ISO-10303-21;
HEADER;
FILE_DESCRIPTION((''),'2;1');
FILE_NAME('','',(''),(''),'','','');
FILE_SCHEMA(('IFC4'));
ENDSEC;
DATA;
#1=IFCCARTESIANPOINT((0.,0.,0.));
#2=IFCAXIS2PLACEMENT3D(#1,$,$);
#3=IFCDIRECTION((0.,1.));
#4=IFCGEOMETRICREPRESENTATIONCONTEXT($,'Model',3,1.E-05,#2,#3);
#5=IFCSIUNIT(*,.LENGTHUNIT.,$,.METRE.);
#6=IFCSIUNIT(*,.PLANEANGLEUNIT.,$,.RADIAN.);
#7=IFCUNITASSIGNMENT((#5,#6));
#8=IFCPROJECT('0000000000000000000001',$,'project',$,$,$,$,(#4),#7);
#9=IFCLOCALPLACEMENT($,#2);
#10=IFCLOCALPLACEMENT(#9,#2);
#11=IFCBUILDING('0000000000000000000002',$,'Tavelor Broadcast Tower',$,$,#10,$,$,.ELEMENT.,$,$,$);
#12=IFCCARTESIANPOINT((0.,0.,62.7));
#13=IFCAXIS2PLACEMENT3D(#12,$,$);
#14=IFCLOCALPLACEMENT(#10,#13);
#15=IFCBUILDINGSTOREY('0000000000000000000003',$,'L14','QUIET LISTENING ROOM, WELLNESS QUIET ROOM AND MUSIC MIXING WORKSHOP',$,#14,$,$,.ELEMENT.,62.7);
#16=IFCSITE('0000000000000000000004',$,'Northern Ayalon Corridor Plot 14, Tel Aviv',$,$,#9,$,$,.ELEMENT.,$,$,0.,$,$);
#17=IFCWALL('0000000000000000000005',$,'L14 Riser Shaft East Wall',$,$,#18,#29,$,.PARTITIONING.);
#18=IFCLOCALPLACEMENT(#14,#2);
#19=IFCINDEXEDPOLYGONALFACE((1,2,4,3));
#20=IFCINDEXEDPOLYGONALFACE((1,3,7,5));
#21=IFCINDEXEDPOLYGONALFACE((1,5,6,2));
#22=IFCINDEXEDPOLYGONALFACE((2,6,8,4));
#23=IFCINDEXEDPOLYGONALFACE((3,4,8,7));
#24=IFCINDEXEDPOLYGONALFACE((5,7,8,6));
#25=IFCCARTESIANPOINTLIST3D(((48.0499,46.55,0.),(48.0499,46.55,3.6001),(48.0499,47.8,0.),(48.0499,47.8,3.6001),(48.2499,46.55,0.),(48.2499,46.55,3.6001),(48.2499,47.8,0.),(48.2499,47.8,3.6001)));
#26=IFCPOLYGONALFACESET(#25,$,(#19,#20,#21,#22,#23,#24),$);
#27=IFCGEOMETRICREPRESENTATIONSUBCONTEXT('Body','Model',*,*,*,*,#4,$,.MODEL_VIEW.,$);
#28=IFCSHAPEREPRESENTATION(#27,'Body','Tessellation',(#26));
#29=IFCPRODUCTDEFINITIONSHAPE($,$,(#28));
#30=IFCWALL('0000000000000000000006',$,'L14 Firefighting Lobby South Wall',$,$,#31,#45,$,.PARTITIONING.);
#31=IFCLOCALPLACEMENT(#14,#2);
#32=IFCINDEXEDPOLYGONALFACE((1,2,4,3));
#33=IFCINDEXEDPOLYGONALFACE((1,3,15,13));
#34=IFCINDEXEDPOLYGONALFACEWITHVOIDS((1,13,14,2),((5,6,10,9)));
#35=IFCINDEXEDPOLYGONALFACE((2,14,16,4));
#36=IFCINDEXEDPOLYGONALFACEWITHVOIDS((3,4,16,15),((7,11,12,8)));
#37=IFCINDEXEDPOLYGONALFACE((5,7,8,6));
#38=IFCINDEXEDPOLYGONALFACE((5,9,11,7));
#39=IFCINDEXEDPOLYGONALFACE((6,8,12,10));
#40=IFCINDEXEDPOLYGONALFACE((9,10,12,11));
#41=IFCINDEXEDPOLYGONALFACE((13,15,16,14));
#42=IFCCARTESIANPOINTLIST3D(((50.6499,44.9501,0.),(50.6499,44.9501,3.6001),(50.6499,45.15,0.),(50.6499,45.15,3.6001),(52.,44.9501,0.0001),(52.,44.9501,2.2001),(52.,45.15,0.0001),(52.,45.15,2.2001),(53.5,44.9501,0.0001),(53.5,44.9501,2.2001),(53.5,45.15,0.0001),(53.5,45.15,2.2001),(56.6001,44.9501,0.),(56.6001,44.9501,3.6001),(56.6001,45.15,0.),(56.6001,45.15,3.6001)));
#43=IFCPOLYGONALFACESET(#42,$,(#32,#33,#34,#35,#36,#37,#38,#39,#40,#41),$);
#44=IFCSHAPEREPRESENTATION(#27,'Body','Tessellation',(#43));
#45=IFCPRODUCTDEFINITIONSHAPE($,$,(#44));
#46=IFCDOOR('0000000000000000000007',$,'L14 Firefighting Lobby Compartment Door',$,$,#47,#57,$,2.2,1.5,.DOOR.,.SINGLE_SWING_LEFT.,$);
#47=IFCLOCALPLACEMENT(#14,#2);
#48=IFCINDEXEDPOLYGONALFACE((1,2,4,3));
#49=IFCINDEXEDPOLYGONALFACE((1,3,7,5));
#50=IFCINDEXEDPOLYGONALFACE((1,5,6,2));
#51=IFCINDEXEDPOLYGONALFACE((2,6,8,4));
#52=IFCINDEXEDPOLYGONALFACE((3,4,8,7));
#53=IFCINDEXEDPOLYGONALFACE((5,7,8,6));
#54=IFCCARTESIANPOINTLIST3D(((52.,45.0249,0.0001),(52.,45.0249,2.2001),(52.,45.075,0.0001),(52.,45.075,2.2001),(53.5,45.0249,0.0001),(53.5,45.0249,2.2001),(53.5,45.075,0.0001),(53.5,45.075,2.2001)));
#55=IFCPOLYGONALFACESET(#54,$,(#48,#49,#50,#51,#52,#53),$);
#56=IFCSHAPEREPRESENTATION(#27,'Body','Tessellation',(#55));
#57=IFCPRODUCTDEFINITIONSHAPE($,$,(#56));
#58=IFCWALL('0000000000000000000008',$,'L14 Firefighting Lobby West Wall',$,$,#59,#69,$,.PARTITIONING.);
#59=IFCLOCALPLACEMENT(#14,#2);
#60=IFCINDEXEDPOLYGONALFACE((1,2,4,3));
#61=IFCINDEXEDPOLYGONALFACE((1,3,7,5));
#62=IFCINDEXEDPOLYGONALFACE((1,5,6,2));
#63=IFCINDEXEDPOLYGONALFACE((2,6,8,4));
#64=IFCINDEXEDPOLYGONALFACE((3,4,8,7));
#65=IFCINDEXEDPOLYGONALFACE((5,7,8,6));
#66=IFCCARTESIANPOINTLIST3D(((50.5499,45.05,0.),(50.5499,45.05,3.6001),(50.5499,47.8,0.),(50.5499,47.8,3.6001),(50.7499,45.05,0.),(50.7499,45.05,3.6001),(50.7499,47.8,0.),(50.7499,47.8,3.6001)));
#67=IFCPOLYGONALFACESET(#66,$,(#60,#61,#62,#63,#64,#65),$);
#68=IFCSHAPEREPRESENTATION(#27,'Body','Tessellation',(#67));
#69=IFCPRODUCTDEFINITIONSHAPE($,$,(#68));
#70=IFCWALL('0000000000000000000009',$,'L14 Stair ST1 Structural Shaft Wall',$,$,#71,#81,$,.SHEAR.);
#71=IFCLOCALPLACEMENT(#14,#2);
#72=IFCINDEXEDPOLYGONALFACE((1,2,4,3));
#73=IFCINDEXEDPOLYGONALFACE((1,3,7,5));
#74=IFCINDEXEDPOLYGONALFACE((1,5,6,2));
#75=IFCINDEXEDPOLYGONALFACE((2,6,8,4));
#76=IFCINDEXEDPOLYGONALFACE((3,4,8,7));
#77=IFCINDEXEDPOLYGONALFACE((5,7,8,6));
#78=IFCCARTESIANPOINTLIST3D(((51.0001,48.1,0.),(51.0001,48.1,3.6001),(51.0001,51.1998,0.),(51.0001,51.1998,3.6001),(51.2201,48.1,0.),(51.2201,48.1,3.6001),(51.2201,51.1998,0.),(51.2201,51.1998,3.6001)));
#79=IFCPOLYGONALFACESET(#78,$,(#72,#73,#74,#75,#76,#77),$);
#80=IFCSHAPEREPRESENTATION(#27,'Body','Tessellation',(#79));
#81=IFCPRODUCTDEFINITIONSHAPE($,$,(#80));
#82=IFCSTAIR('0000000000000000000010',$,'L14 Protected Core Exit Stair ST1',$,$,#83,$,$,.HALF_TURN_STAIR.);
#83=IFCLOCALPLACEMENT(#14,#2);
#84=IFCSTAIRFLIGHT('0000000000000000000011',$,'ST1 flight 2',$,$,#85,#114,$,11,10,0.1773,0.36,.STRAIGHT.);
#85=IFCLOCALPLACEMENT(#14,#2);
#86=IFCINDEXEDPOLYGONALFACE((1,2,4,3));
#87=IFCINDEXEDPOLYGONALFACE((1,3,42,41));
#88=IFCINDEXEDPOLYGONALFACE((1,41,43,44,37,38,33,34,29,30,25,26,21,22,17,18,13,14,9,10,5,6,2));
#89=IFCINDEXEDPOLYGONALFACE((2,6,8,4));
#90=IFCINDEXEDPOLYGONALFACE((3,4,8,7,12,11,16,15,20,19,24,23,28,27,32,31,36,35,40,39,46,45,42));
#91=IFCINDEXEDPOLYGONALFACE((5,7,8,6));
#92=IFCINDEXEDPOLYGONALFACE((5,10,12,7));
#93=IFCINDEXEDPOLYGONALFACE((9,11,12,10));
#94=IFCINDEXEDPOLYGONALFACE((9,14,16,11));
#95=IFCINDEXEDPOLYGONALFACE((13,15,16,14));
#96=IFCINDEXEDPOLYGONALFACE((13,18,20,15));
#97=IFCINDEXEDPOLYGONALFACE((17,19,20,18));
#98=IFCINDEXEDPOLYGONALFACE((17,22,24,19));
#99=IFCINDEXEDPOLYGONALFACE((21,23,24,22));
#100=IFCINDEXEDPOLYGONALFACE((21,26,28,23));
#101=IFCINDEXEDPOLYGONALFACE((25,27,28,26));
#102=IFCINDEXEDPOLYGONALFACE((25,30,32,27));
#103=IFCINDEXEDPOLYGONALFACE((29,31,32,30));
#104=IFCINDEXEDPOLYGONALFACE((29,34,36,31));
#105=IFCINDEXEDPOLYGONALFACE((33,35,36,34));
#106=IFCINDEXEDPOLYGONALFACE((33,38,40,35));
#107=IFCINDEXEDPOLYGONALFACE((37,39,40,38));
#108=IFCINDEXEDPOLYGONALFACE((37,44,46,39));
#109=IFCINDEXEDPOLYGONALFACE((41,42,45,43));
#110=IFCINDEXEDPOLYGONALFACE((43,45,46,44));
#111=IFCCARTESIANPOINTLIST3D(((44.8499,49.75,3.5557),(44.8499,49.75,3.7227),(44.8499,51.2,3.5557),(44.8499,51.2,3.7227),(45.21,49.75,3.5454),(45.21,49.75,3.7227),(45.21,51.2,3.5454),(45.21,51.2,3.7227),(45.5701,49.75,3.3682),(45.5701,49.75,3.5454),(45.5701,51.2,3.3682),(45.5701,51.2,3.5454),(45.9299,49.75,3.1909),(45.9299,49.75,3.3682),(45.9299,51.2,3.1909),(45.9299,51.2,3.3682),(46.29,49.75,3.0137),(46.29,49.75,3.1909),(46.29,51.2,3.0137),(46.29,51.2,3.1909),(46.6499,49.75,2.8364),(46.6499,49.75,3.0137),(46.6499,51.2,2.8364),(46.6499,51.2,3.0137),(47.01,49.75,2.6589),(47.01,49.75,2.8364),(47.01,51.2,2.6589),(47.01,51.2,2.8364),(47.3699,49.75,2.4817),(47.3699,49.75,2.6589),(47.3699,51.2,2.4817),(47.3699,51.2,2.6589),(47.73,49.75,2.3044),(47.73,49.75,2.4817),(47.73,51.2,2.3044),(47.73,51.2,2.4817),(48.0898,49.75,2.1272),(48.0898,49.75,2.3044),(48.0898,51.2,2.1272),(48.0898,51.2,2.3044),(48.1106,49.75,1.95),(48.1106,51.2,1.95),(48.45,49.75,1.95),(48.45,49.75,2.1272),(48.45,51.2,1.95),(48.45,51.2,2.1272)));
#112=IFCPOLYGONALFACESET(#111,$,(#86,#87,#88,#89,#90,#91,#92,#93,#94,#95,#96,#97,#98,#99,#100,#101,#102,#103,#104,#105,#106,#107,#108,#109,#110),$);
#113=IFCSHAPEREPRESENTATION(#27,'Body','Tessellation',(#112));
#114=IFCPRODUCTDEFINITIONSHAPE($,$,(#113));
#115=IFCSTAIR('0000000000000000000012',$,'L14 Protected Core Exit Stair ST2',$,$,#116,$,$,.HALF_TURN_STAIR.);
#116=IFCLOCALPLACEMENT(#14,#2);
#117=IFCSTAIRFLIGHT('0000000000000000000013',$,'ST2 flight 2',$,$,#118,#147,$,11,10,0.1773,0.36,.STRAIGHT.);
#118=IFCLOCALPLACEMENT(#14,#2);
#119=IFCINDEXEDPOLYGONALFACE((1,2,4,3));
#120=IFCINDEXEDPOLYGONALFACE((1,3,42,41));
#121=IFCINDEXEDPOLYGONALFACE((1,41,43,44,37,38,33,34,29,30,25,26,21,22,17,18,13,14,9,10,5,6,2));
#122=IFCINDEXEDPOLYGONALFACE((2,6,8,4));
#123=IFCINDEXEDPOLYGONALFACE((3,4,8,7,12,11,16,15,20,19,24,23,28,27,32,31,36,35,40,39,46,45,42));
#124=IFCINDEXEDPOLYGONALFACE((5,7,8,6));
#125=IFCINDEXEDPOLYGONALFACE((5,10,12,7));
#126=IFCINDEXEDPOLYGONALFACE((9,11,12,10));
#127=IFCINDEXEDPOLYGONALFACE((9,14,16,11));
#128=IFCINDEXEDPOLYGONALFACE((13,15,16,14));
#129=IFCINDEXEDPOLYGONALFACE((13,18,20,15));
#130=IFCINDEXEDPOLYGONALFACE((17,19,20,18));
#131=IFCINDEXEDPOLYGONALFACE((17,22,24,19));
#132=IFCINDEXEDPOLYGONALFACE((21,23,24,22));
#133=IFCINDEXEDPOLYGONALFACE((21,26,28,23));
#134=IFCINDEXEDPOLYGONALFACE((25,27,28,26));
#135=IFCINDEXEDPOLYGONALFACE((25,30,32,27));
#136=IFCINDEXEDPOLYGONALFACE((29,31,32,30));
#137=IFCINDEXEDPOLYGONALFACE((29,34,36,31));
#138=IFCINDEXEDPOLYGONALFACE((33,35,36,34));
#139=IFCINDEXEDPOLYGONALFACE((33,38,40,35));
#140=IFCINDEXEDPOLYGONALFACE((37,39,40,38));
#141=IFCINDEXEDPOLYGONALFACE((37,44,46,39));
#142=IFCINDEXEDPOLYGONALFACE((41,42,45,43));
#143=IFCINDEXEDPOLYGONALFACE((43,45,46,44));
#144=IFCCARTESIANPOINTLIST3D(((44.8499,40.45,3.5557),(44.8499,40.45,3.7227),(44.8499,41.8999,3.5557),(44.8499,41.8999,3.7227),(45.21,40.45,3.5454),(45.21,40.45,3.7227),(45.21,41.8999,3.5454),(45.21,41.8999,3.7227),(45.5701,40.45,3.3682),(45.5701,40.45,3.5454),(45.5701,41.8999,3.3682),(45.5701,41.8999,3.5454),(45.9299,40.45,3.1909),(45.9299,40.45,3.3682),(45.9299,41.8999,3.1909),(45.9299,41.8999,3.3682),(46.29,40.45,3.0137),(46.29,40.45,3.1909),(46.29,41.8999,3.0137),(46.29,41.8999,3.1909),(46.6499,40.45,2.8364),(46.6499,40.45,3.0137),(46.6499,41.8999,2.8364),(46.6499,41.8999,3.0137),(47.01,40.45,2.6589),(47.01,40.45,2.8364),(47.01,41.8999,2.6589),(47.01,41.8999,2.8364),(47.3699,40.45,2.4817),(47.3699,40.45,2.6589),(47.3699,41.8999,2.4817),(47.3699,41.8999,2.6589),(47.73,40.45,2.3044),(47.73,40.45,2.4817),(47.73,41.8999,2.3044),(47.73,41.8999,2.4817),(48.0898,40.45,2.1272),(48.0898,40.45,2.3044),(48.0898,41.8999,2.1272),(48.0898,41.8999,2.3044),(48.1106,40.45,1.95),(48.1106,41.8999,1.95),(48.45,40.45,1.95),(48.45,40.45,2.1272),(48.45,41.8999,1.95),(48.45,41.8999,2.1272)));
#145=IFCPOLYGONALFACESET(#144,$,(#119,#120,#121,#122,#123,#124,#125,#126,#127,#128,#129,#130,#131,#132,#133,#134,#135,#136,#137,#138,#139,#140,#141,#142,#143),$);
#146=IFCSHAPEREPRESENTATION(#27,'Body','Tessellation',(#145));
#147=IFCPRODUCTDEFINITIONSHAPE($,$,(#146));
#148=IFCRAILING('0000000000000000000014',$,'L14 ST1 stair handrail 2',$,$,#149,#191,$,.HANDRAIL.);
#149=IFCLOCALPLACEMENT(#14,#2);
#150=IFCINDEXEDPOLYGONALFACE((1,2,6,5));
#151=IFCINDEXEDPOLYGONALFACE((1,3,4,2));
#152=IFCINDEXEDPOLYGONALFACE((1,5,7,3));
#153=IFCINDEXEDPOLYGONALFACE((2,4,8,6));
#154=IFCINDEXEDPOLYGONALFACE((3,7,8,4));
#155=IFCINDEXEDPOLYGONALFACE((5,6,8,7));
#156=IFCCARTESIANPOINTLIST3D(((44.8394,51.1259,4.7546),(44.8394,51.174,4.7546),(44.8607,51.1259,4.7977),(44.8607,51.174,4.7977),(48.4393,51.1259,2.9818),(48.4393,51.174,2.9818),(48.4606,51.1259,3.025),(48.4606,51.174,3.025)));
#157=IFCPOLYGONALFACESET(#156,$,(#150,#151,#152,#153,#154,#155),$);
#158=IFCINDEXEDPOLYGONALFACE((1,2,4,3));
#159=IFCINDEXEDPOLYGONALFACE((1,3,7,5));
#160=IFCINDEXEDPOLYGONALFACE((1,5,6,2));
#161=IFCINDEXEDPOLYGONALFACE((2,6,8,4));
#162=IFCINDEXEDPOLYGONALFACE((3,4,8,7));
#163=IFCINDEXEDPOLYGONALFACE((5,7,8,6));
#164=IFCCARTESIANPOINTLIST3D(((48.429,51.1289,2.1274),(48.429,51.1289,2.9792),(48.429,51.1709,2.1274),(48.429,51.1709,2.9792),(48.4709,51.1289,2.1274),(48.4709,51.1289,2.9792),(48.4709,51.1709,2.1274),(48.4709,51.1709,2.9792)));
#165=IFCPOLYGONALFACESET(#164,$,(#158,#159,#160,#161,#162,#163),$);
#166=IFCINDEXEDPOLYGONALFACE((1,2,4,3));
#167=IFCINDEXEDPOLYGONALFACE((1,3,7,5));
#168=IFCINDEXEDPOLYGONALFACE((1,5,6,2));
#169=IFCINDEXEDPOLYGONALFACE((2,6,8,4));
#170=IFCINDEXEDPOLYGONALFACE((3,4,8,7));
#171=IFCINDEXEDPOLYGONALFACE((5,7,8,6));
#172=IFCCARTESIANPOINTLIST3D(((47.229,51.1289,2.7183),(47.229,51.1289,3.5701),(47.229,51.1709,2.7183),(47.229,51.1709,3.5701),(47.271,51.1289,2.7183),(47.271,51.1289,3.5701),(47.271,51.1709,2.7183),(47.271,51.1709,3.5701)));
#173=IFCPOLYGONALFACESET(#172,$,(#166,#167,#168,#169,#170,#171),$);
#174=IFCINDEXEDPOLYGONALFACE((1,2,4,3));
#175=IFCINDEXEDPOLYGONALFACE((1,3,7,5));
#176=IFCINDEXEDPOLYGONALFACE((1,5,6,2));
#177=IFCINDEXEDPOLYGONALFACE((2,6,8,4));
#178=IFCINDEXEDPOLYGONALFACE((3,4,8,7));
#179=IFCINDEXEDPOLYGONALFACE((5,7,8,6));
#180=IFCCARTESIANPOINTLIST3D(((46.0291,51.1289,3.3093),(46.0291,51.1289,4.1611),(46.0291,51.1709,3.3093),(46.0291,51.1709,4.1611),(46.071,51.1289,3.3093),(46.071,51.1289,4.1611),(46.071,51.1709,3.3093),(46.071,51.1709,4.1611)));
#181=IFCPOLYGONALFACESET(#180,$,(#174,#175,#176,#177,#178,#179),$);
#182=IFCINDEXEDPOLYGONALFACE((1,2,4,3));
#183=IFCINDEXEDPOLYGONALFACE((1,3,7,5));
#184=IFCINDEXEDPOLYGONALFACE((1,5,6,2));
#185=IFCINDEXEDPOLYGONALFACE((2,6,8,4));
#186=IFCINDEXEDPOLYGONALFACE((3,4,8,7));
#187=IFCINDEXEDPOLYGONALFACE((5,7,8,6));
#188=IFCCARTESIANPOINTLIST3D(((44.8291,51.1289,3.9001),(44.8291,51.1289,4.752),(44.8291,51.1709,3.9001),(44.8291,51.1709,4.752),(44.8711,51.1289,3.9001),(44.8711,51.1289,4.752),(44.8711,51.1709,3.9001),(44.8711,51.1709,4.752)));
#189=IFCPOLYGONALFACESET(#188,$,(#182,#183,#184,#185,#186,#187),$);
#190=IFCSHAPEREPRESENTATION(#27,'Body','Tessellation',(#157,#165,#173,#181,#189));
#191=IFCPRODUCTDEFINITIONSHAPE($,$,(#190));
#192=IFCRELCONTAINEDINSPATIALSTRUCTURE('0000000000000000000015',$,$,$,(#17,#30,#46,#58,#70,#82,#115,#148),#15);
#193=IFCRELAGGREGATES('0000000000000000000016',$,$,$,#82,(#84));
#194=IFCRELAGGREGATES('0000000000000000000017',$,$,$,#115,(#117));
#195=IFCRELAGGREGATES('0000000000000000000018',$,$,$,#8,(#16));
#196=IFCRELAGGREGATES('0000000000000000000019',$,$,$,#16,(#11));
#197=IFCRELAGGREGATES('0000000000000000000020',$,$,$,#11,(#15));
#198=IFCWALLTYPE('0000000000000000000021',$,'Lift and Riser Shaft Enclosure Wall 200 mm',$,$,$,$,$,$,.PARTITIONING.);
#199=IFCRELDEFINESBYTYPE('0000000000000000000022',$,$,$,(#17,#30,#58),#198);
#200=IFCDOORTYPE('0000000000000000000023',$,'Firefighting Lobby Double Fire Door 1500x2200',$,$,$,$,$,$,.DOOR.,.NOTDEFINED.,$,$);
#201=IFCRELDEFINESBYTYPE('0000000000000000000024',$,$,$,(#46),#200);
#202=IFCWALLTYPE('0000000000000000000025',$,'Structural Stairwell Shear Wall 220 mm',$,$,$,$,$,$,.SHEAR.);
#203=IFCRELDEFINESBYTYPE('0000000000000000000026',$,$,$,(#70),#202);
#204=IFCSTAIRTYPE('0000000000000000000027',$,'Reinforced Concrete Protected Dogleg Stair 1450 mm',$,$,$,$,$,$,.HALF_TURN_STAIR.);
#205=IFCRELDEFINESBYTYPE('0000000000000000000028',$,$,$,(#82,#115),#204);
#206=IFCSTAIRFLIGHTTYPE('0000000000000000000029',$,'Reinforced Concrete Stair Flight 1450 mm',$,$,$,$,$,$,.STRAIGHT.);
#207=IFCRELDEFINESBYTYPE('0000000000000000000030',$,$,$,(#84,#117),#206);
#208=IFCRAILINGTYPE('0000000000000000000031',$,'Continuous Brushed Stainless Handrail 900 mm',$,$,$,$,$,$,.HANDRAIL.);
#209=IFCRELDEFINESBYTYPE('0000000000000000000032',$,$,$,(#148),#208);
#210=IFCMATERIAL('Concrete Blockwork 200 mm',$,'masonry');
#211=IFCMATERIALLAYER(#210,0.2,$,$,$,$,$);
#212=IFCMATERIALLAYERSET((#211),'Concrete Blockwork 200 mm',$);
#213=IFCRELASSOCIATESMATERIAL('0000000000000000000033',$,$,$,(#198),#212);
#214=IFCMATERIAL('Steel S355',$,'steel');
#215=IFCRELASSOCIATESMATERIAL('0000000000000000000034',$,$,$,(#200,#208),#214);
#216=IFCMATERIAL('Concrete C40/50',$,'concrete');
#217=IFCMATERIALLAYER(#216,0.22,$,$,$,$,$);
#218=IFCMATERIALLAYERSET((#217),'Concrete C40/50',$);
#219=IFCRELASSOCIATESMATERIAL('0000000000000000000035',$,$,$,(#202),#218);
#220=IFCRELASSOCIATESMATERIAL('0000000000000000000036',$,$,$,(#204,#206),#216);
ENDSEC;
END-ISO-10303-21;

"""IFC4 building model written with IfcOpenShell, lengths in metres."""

from ifc_helpers import new_model, si_unit, direction, frame, frame_2d, origin, origin_2d, place, context, subcontext, project, spatial, polyline, rectangle, outline, extrude, material, layer, layer_set, type_object, element, fill, aggregate, save


model = new_model("IFC4")

# Units and contexts
model_context = context("Model", 3, precision=1e-05, world=origin(), true_north=direction((0.0, 1.0)))
body_context = subcontext(model_context, "Body", "Model", "MODEL_VIEW")
ifc_project = project(units=[si_unit("LENGTHUNIT", "METRE"), si_unit("PLANEANGLEUNIT", "RADIAN")], contexts=[model_context])

# Site, building, storey
site_placement = place(None, origin())
site = spatial("IfcSite", under=ifc_project, at=site_placement, Name="Northern Ayalon Corridor Plot 14, Tel Aviv", CompositionType="ELEMENT", RefElevation=0.0)
building_placement = place(site_placement, origin())
building = spatial("IfcBuilding", under=site, at=building_placement, Name="Tavelor Broadcast Tower", CompositionType="ELEMENT")
storey_placement = place(building_placement, frame((0.0, 0.0, 62.7)))
storey = spatial("IfcBuildingStorey", under=building, at=storey_placement, Name="L14", Description="QUIET LISTENING ROOM, WELLNESS QUIET ROOM AND MUSIC MIXING WORKSHOP", CompositionType="ELEMENT", Elevation=62.7)

# Shared definitions
ifc_material_1 = material(Name="Concrete C40/50", Category="concrete")
ifc_material_2 = material(Name="Steel S355", Category="steel")

# Wall
ifc_material_3 = material(Name="Concrete Blockwork 200 mm", Category="masonry")
ifc_layer_1 = layer(ifc_material_3, 0.2)
ifc_layer_set_1 = layer_set([ifc_layer_1], Name="Concrete Blockwork 200 mm")
wall_type_1 = type_object("IfcWallType", Name="Lift and Riser Shaft Enclosure Wall 200 mm", PredefinedType="PARTITIONING", material=ifc_layer_set_1)
wall_1_placement = place(storey_placement, frame((48.1499, 46.55, 0.0), z_axis=(0.0, 0.0, 1.0), x_axis=(0.0, 1.0, 0.0)))
element("IfcWall", 1, at=wall_1_placement, inside=storey, type_object=wall_type_1, Name="L14 Riser Shaft East Wall", PredefinedType="PARTITIONING", context=body_context, shape_type="SweptSolid", body=[
    extrude(rectangle(XDim=1.25, YDim=0.2, at=frame_2d((0.625, 0.0))), origin(), (0.0, 0.0, 1.0), 3.6001),
])

# Wall, opening, door
wall_2_placement = place(storey_placement, frame((50.6499, 45.05, 0.0), z_axis=(0.0, 0.0, 1.0), x_axis=(1.0, 0.0, 0.0)))
wall_2 = element("IfcWall", 2, at=wall_2_placement, inside=storey, type_object=wall_type_1, Name="L14 Firefighting Lobby South Wall", PredefinedType="PARTITIONING", context=body_context, shape_type="SweptSolid", body=[
    extrude(rectangle(XDim=5.9502, YDim=0.2, at=frame_2d((2.9751, 0.0))), origin(), (0.0, 0.0, 1.0), 3.6001),
])
opening_placement = place(wall_2_placement, frame((1.3501, 0.0, 0.0)))
opening = element("IfcOpeningElement", 3, at=opening_placement, cuts=wall_2, PredefinedType="OPENING", context=body_context, shape_type="SweptSolid", body=[
    extrude(rectangle(XDim=1.5, YDim=2.2, at=frame_2d((0.75, 1.1001))), frame((0.0, 0.1099, 0.0), z_axis=(0.0, -1.0, 0.0), x_axis=(1.0, 0.0, 0.0)), (0.0, 0.0, 1.0), 0.22),
])
door_type = type_object("IfcDoorType", Name="Firefighting Lobby Double Fire Door 1500x2200", OperationType="NOTDEFINED", PredefinedType="DOOR", material=ifc_material_2)
door_placement = place(opening_placement, origin())
door = element("IfcDoor", 4, at=door_placement, inside=storey, type_object=door_type, Name="L14 Firefighting Lobby Compartment Door", OperationType="SINGLE_SWING_LEFT", OverallHeight=2.2, OverallWidth=1.5, PredefinedType="DOOR", context=body_context, shape_type="SweptSolid", body=[
    extrude(rectangle(XDim=1.5, YDim=2.2, at=frame_2d((0.75, 1.1001))), frame((0.0, 0.0249, 0.0), z_axis=(0.0, -1.0, 0.0), x_axis=(1.0, 0.0, 0.0)), (0.0, 0.0, 1.0), 0.05),
])
fill(opening, door)

# Walls
wall_3_placement = place(storey_placement, frame((50.6499, 45.05, 0.0), z_axis=(0.0, 0.0, 1.0), x_axis=(0.0, 1.0, 0.0)))
element("IfcWall", 5, at=wall_3_placement, inside=storey, type_object=wall_type_1, Name="L14 Firefighting Lobby West Wall", PredefinedType="PARTITIONING", context=body_context, shape_type="SweptSolid", body=[
    extrude(rectangle(XDim=2.75, YDim=0.2, at=frame_2d((1.375, 0.0))), origin(), (0.0, 0.0, 1.0), 3.6001),
])
ifc_layer_2 = layer(ifc_material_1, 0.22)
ifc_layer_set_2 = layer_set([ifc_layer_2], Name="Concrete C40/50")
wall_type_2 = type_object("IfcWallType", Name="Structural Stairwell Shear Wall 220 mm", PredefinedType="SHEAR", material=ifc_layer_set_2)
wall_4_placement = place(storey_placement, frame((51.1101, 48.1001, 0.0), z_axis=(0.0, 0.0, 1.0), x_axis=(0.0, 1.0, 0.0)))
element("IfcWall", 6, at=wall_4_placement, inside=storey, type_object=wall_type_2, Name="L14 Stair ST1 Structural Shaft Wall", PredefinedType="SHEAR", context=body_context, shape_type="SweptSolid", body=[
    extrude(rectangle(XDim=3.0999, YDim=0.22, at=frame_2d((1.5498, 0.0))), origin(), (0.0, 0.0, 1.0), 3.6001),
])

# Stairs, stair flights
stair_type = type_object("IfcStairType", Name="Reinforced Concrete Protected Dogleg Stair 1450 mm", PredefinedType="HALF_TURN_STAIR", material=ifc_material_1)
stair_1_placement = place(storey_placement, origin())
stair_1 = element("IfcStair", 7, at=stair_1_placement, inside=storey, type_object=stair_type, Name="L14 Protected Core Exit Stair ST1", PredefinedType="HALF_TURN_STAIR")
stair_flight_type = type_object("IfcStairFlightType", Name="Reinforced Concrete Stair Flight 1450 mm", PredefinedType="STRAIGHT", material=ifc_material_1)
stair_flight_1_placement = place(storey_placement, frame((48.45, 50.4751, 1.95), z_axis=(0.0, 0.0, 1.0), x_axis=(-1.0, 0.0, 0.0)))
stair_flight_1 = element("IfcStairFlight", 8, at=stair_flight_1_placement, type_object=stair_flight_type, Name="ST1 flight 2", NumberOfRisers=11, NumberOfTreads=10, PredefinedType="STRAIGHT", RiserHeight=0.1773, TreadLength=0.36, context=body_context, shape_type="SweptSolid", body=[
    extrude(outline(polyline([(0.0, 0.0), (0.0, 0.1772), (0.3601, 0.1772), (0.3601, 0.3545), (0.72, 0.3545), (0.72, 0.5317), (1.0801, 0.5317), (1.0801, 0.709), (1.4399, 0.709), (1.4399, 0.8865), (1.8, 0.8865), (1.8, 1.0637), (2.1599, 1.0637), (2.1599, 1.241), (2.52, 1.241), (2.52, 1.4182), (2.8799, 1.4182), (2.8799, 1.5955), (3.24, 1.5955), (3.24, 1.7727), (3.6001, 1.7727), (3.6001, 1.95), (3.6001, 1.6057), (0.3394, 0.0), (0.0, 0.0)])), frame((0.0, 0.7251, 0.0), z_axis=(0.0, -1.0, 0.0), x_axis=(1.0, 0.0, 0.0)), (0.0, 0.0, 1.0), 1.45),
])
aggregate(stair_1, [stair_flight_1])
stair_2_placement = place(storey_placement, origin())
stair_2 = element("IfcStair", 9, at=stair_2_placement, inside=storey, type_object=stair_type, Name="L14 Protected Core Exit Stair ST2", PredefinedType="HALF_TURN_STAIR")
stair_flight_2_placement = place(storey_placement, frame((48.45, 41.175, 1.95), z_axis=(0.0, 0.0, 1.0), x_axis=(-1.0, 0.0, 0.0)))
stair_flight_2 = element("IfcStairFlight", 10, at=stair_flight_2_placement, type_object=stair_flight_type, Name="ST2 flight 2", NumberOfRisers=11, NumberOfTreads=10, PredefinedType="STRAIGHT", RiserHeight=0.1773, TreadLength=0.36, context=body_context, shape_type="SweptSolid", body=[
    extrude(outline(polyline([(0.0, 0.0), (0.0, 0.1772), (0.3601, 0.1772), (0.3601, 0.3545), (0.72, 0.3545), (0.72, 0.5317), (1.0801, 0.5317), (1.0801, 0.709), (1.4399, 0.709), (1.4399, 0.8865), (1.8, 0.8865), (1.8, 1.0637), (2.1599, 1.0637), (2.1599, 1.241), (2.52, 1.241), (2.52, 1.4182), (2.8799, 1.4182), (2.8799, 1.5955), (3.24, 1.5955), (3.24, 1.7727), (3.6001, 1.7727), (3.6001, 1.95), (3.6001, 1.6057), (0.3394, 0.0), (0.0, 0.0)])), frame((0.0, 0.7251, 0.0), z_axis=(0.0, -1.0, 0.0), x_axis=(1.0, 0.0, 0.0)), (0.0, 0.0, 1.0), 1.45),
])
aggregate(stair_2, [stair_flight_2])

# Railing
railing_type_1 = type_object("IfcRailingType", Name="Continuous Brushed Stainless Handrail 900 mm", PredefinedType="HANDRAIL", material=ifc_material_2)
for number, where, name in (
    (11, (48.45, 51.1499, 2.1274), "L14 ST1 stair handrail 2"),
):
    element("IfcRailing", number, at=place(storey_placement, frame(where)), inside=storey, type_object=railing_type_1, Name=name, PredefinedType="HANDRAIL", context=body_context, shape_type="SweptSolid", body=[
        extrude(rectangle(XDim=0.0481, YDim=0.0481, at=origin_2d()), frame((0.0, 0.0, 0.876), z_axis=(-0.897124, 0.0, 0.441778), x_axis=(0.0, -1.0, 0.0)), (0.0, 0.0, 1.0), 4.0127),
        extrude(rectangle(XDim=0.042, YDim=0.042, at=origin_2d()), origin(), (0.0, 0.0, 1.0), 0.8518),
        extrude(rectangle(XDim=0.042, YDim=0.042, at=origin_2d()), frame((-1.2, 0.0, 0.5908)), (0.0, 0.0, 1.0), 0.8518),
        extrude(rectangle(XDim=0.042, YDim=0.042, at=origin_2d()), frame((-2.3999, 0.0, 1.1819)), (0.0, 0.0, 1.0), 0.8518),
        extrude(rectangle(XDim=0.042, YDim=0.042, at=origin_2d()), frame((-3.5999, 0.0, 1.7727)), (0.0, 0.0, 1.0), 0.8518),
    ])

save(model, "model.ifc")
